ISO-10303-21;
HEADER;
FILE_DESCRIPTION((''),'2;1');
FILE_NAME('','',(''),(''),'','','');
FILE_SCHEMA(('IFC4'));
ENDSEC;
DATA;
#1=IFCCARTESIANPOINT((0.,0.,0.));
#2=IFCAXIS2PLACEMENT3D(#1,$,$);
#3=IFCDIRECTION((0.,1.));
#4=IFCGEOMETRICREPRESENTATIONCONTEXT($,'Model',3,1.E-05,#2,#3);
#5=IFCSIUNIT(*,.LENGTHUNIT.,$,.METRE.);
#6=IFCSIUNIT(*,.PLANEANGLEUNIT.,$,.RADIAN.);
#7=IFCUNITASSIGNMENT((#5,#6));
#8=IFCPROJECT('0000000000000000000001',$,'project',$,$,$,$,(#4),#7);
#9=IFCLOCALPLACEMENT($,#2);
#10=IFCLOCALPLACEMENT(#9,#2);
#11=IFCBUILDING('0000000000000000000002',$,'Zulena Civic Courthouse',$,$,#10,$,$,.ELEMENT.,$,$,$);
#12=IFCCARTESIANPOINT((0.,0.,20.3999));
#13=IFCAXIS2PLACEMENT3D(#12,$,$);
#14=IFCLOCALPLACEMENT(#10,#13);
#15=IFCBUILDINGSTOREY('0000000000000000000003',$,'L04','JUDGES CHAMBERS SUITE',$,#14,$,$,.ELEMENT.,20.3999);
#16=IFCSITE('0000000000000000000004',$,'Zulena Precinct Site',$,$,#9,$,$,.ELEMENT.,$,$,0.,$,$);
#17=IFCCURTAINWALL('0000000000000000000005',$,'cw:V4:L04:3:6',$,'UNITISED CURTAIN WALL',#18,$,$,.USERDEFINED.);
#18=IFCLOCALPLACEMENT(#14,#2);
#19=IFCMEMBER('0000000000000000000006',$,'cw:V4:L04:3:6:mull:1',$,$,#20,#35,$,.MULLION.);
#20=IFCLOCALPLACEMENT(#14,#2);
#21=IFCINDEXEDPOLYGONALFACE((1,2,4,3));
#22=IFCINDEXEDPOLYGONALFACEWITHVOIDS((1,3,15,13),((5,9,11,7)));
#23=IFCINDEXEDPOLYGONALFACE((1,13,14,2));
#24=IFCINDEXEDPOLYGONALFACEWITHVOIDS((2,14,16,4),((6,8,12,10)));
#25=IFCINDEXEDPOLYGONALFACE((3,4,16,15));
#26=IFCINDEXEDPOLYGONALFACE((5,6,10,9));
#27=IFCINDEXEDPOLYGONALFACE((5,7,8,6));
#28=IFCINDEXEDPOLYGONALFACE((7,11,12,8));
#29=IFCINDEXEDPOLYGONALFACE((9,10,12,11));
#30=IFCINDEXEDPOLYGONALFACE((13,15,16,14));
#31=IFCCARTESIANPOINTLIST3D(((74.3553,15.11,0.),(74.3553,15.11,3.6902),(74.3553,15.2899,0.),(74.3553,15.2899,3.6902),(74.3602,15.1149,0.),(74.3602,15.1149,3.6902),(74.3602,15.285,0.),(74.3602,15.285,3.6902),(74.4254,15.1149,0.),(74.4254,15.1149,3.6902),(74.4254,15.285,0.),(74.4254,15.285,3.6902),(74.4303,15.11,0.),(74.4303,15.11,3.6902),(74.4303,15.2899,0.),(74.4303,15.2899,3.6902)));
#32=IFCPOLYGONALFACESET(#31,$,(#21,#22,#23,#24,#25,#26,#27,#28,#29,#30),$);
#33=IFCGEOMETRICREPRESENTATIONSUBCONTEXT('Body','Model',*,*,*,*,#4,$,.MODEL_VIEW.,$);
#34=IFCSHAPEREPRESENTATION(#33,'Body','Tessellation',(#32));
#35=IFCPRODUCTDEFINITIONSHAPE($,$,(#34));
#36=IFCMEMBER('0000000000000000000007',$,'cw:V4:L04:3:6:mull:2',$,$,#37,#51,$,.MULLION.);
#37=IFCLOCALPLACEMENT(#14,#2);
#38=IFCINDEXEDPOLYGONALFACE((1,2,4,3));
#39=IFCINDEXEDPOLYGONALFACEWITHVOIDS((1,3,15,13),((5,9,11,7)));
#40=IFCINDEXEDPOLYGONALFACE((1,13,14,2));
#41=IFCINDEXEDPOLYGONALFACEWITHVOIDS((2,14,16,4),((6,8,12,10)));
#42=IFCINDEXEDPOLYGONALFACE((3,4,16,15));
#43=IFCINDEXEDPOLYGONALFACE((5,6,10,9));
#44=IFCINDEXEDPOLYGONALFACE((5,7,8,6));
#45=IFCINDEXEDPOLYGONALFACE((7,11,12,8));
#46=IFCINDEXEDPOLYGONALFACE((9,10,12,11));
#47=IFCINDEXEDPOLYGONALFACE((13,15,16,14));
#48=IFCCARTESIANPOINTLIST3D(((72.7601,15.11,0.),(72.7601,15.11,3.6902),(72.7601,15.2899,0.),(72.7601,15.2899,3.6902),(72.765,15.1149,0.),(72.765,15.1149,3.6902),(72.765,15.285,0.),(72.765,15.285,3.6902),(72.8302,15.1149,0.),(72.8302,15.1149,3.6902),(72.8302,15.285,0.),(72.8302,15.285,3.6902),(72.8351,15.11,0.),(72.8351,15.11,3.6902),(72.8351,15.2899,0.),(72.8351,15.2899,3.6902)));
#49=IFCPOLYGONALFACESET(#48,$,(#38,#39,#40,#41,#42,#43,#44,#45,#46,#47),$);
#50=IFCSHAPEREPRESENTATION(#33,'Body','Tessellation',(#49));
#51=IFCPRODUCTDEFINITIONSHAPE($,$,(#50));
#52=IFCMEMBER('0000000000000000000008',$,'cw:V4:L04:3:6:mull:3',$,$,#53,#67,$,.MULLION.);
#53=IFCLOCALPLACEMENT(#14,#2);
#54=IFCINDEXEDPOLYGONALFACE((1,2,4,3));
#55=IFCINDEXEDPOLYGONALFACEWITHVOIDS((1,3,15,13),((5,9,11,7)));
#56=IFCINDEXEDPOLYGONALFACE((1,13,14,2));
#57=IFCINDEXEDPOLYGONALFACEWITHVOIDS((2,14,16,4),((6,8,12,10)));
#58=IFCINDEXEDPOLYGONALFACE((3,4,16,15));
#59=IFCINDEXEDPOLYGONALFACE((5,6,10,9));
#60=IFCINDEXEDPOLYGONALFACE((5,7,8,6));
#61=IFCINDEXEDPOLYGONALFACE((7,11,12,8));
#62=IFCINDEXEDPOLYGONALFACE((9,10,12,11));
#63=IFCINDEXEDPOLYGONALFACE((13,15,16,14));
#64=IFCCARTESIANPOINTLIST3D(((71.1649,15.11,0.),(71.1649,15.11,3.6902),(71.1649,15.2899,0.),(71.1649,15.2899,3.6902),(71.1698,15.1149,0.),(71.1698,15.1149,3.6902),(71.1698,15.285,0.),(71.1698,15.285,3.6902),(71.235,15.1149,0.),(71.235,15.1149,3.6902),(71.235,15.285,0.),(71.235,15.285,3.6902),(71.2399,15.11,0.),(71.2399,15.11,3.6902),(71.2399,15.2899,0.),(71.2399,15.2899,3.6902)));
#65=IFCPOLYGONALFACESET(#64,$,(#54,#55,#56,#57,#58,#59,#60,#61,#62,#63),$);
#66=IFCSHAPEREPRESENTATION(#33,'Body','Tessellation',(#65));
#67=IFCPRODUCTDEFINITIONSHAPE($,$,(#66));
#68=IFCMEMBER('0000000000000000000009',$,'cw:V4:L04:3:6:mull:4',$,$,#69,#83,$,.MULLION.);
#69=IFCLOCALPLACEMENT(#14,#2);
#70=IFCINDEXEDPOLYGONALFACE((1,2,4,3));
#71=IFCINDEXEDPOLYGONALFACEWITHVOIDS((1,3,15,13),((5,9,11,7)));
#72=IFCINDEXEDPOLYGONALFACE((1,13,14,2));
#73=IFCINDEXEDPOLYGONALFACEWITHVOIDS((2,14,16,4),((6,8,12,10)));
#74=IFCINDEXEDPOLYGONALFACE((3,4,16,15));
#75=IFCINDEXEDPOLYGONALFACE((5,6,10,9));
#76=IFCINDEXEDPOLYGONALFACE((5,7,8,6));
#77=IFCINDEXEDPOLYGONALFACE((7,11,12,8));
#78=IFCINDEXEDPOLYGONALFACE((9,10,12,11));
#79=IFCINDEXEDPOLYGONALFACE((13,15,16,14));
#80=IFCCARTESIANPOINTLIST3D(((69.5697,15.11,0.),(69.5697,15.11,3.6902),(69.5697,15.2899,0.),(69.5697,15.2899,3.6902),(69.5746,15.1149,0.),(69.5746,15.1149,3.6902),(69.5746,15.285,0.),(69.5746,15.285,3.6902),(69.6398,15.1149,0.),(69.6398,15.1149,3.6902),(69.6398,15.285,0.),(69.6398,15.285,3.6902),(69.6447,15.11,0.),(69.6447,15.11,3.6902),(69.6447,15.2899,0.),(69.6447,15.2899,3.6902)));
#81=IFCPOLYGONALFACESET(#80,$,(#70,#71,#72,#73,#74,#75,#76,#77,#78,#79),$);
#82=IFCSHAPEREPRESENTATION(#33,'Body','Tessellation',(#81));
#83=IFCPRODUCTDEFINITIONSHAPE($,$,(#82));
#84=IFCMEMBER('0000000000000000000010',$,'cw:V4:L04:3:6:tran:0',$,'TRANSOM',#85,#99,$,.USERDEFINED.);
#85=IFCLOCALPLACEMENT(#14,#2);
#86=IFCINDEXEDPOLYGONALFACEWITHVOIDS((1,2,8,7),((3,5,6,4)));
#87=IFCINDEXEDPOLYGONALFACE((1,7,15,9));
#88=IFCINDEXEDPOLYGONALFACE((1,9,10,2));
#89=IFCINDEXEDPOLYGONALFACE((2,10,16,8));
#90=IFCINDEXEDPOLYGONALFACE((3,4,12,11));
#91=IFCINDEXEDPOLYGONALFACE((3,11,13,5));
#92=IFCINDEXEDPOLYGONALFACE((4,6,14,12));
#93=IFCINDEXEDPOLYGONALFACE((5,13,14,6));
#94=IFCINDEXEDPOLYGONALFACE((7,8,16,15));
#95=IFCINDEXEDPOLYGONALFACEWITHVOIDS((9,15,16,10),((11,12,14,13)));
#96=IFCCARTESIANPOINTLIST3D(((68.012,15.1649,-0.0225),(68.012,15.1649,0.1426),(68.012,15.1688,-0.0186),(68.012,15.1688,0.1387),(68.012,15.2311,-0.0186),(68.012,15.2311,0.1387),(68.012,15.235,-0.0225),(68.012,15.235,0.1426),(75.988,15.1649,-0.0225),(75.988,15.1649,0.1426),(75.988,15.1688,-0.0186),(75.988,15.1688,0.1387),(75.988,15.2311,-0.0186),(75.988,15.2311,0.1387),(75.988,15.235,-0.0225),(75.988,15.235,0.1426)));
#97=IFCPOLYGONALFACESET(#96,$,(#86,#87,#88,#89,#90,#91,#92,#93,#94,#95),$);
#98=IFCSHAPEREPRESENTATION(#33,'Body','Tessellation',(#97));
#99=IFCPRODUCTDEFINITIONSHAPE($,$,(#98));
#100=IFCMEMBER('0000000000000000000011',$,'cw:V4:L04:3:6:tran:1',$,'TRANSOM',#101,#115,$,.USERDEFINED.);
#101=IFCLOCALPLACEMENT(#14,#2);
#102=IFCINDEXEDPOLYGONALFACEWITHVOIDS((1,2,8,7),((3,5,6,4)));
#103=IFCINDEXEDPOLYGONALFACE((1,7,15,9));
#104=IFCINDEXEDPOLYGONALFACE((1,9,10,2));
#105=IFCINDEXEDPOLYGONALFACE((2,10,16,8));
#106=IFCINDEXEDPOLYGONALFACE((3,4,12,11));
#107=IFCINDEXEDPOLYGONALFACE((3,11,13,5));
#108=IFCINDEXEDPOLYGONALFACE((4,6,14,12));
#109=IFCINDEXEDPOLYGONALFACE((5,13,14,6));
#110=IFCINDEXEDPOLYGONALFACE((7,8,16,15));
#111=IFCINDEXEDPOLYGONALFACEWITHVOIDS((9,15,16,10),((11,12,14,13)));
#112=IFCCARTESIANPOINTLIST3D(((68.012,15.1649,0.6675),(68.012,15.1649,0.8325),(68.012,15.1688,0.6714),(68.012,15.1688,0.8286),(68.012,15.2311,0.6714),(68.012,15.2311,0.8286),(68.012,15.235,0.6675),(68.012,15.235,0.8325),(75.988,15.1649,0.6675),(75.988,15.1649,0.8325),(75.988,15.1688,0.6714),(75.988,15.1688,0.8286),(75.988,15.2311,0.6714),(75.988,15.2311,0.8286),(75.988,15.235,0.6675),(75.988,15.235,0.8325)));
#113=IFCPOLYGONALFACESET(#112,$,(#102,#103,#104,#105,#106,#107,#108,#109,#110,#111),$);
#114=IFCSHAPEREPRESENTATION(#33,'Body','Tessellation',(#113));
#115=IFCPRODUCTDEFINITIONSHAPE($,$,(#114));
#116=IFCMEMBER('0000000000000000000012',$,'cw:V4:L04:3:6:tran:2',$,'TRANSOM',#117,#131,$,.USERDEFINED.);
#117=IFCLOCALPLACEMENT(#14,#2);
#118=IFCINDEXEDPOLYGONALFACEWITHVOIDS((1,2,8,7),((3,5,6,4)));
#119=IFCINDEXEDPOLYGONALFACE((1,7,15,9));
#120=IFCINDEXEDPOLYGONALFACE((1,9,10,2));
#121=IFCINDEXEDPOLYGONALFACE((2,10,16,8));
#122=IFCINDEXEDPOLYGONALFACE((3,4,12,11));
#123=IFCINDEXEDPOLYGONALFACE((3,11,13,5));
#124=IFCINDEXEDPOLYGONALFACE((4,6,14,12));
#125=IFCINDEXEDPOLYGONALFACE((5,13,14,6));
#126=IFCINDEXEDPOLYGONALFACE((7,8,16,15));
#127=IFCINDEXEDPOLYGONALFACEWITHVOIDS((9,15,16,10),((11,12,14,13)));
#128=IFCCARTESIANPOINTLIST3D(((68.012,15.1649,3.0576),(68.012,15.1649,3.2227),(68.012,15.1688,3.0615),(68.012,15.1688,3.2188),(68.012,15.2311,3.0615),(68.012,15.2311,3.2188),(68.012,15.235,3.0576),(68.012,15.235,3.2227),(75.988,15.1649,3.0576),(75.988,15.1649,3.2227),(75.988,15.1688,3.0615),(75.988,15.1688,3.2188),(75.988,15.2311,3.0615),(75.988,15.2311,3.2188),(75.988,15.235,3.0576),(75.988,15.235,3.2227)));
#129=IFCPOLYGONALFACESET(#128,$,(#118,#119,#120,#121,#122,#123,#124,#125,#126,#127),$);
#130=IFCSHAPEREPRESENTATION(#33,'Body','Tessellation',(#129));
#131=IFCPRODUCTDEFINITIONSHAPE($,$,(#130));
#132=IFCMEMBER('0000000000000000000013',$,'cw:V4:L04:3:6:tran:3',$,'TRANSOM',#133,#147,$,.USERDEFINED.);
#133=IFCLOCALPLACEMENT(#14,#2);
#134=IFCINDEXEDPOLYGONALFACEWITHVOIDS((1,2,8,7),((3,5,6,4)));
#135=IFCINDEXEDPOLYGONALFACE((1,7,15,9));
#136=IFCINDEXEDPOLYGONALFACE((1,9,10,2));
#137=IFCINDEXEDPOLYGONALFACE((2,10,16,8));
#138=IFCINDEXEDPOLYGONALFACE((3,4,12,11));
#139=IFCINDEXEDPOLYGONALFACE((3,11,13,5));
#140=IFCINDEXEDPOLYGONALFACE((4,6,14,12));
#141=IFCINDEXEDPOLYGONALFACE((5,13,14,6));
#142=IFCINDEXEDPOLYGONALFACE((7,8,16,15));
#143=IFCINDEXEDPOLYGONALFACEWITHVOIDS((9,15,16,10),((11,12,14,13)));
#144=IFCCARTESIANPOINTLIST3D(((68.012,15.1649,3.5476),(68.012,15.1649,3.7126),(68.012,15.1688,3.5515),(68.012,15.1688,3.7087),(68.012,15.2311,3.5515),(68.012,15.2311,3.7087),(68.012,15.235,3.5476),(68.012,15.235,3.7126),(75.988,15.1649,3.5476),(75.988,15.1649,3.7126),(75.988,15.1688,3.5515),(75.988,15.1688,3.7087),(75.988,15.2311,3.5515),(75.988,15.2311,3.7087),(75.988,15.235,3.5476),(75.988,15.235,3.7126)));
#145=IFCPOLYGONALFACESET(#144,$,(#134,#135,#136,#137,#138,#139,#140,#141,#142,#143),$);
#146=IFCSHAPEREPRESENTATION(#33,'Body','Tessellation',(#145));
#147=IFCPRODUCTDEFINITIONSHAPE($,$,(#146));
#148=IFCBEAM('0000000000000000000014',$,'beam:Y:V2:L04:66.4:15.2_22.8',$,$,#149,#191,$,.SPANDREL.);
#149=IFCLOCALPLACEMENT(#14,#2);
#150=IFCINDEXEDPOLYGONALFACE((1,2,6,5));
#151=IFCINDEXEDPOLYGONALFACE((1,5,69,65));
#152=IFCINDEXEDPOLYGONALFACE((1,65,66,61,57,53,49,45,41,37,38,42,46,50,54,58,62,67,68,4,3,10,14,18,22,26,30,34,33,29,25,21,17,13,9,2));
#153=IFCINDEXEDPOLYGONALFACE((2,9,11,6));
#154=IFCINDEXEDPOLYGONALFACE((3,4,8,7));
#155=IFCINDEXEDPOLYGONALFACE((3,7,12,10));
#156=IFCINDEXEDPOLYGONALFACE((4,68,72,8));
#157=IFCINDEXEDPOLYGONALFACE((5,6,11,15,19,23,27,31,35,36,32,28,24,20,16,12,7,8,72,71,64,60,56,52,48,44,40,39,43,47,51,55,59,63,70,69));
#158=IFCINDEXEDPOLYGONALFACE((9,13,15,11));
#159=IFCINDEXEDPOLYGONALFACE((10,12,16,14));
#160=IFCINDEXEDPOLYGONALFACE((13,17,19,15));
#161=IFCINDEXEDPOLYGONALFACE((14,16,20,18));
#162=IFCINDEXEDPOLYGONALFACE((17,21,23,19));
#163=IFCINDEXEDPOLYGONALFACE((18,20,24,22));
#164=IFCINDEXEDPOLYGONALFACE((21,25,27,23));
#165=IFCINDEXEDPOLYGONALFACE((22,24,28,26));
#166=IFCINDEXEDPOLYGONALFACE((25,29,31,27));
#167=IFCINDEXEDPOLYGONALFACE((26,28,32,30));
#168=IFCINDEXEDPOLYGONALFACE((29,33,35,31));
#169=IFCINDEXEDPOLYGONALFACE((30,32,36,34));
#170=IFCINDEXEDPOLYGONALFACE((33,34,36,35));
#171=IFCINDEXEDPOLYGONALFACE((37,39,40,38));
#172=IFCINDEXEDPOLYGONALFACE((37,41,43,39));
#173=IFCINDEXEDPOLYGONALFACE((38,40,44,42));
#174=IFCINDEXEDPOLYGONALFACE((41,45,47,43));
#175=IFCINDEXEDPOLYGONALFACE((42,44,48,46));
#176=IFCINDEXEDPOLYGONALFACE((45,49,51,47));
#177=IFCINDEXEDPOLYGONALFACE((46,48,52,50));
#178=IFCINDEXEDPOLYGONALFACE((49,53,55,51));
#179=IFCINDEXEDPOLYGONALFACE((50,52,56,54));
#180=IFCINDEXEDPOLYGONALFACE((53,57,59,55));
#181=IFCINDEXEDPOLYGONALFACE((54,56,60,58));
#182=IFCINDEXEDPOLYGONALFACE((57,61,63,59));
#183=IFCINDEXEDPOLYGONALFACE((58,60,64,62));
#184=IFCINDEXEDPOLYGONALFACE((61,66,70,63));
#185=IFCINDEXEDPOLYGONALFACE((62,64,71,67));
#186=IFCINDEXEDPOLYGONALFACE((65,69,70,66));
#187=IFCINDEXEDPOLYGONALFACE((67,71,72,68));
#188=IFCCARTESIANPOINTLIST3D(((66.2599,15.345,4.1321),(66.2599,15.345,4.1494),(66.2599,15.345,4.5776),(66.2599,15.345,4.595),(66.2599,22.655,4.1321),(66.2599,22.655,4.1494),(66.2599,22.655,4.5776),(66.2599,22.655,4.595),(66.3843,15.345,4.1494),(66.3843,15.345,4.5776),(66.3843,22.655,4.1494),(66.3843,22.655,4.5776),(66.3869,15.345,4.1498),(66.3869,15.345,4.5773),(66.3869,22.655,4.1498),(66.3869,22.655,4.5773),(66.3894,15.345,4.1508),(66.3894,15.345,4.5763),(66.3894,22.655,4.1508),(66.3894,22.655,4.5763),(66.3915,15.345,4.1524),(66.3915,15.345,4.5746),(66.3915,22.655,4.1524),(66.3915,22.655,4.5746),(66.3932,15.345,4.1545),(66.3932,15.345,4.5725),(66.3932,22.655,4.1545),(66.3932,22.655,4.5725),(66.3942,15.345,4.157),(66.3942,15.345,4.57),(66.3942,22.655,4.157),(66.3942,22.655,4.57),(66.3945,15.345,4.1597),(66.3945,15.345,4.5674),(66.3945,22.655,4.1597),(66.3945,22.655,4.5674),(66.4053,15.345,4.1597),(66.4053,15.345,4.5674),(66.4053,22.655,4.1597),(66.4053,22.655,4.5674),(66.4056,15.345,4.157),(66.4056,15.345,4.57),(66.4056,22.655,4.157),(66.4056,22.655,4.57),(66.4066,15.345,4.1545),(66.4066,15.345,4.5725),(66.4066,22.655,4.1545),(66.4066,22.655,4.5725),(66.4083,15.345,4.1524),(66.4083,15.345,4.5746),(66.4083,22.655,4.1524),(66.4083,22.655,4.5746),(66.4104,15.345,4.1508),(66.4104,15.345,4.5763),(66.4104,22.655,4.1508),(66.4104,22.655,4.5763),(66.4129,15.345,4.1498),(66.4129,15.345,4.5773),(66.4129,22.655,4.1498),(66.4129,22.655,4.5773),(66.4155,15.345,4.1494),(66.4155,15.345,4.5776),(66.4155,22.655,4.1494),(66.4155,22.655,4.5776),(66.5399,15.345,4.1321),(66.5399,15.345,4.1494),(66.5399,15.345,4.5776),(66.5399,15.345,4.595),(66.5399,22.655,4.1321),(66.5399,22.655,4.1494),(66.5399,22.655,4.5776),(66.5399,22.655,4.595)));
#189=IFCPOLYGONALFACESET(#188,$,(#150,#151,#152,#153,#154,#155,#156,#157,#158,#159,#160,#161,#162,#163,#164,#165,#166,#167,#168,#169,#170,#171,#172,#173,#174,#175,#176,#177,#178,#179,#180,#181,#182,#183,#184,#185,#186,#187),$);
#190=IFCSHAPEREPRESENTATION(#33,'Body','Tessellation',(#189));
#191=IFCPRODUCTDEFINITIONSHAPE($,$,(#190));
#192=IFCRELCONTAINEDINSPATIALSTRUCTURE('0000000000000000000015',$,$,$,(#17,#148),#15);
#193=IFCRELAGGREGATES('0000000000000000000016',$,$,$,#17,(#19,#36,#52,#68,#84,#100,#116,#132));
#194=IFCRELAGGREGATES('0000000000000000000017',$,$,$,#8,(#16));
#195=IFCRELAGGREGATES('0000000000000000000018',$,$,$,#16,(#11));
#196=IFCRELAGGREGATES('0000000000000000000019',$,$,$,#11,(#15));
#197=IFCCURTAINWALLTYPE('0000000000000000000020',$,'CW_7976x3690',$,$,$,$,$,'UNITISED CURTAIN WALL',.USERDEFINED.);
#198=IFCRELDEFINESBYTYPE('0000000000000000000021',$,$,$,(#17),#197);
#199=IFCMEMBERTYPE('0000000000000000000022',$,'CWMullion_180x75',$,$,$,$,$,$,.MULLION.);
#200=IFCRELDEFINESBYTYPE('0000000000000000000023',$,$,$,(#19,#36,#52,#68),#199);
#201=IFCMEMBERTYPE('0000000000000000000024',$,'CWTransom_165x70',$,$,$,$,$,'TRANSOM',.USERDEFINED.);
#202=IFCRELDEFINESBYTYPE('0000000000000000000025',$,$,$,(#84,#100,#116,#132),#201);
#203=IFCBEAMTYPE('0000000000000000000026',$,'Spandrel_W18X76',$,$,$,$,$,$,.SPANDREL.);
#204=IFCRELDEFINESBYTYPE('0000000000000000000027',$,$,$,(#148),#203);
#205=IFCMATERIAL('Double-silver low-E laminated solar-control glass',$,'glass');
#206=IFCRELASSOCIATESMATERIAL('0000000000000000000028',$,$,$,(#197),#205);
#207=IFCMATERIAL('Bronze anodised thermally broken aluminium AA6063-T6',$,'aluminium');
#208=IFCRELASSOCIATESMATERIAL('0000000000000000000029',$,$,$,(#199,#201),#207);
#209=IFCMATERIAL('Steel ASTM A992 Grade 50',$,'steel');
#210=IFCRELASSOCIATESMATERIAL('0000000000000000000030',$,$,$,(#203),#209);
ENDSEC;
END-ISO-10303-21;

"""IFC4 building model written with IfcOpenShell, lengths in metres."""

from ifc_helpers import new_model, si_unit, direction, frame, origin, origin_2d, place, context, subcontext, project, spatial, hollow_rectangle, i_section, extrude, material, material_profile, profile_set, type_object, element, aggregate, save


model = new_model("IFC4")

# Units and contexts
model_context = context("Model", 3, precision=1e-05, world=origin(), true_north=direction((0.0, 1.0)))
body_context = subcontext(model_context, "Body", "Model", "MODEL_VIEW")
ifc_project = project(units=[si_unit("LENGTHUNIT", "METRE"), si_unit("PLANEANGLEUNIT", "RADIAN")], contexts=[model_context])

# Site, building, storey
site_placement = place(None, origin())
site = spatial("IfcSite", under=ifc_project, at=site_placement, Name="Zulena Precinct Site", CompositionType="ELEMENT", RefElevation=0.0)
building_placement = place(site_placement, origin())
building = spatial("IfcBuilding", under=site, at=building_placement, Name="Zulena Civic Courthouse", CompositionType="ELEMENT")
storey_placement = place(building_placement, frame((0.0, 0.0, 20.3999)))
storey = spatial("IfcBuildingStorey", under=building, at=storey_placement, Name="L04", Description="JUDGES CHAMBERS SUITE", CompositionType="ELEMENT", Elevation=20.3999)

# Shared definitions
ifc_material_1 = material(Name="Steel ASTM A992 Grade 50", Category="steel")

# Curtain wall, members
ifc_material_2 = material(Name="Double-silver low-E laminated solar-control glass", Category="glass")
curtain_wall_type = type_object("IfcCurtainWallType", Name="CW_7976x3690", ElementType="UNITISED CURTAIN WALL", PredefinedType="USERDEFINED", material=ifc_material_2)
curtain_wall_placement = place(storey_placement, origin())
curtain_wall = element("IfcCurtainWall", 1, at=curtain_wall_placement, inside=storey, type_object=curtain_wall_type, Name="cw:V4:L04:3:6", ObjectType="UNITISED CURTAIN WALL", PredefinedType="USERDEFINED")
ifc_material_3 = material(Name="Bronze anodised thermally broken aluminium AA6063-T6", Category="aluminium")
ifc_material_profile_1 = material_profile(ifc_material_3, hollow_rectangle(XDim=0.075, YDim=0.1799, WallThickness=0.0049, at=origin_2d()), Name="CWM180X75X5")
ifc_profile_set_1 = profile_set([ifc_material_profile_1], Name="Bronze anodised thermally broken aluminium AA6063-T6")
member_type_1 = type_object("IfcMemberType", Name="CWMullion_180x75", PredefinedType="MULLION", material=ifc_profile_set_1)
member_1_placement = place(storey_placement, frame((74.3928, 15.2, 0.0), z_axis=(0.0, 0.0, 1.0), x_axis=(1.0, 0.0, 0.0)))
member_1 = element("IfcMember", 2, at=member_1_placement, type_object=member_type_1, Name="cw:V4:L04:3:6:mull:1", PredefinedType="MULLION", context=body_context, shape_type="SweptSolid", body=[
    extrude(hollow_rectangle(XDim=0.075, YDim=0.1799, WallThickness=0.0049, at=origin_2d()), origin(), (0.0, 0.0, 1.0), 3.6902),
])
member_2_placement = place(storey_placement, frame((72.7976, 15.2, 0.0), z_axis=(0.0, 0.0, 1.0), x_axis=(1.0, 0.0, 0.0)))
member_2 = element("IfcMember", 3, at=member_2_placement, type_object=member_type_1, Name="cw:V4:L04:3:6:mull:2", PredefinedType="MULLION", context=body_context, shape_type="SweptSolid", body=[
    extrude(hollow_rectangle(XDim=0.075, YDim=0.1799, WallThickness=0.0049, at=origin_2d()), origin(), (0.0, 0.0, 1.0), 3.6902),
])
member_3_placement = place(storey_placement, frame((71.2024, 15.2, 0.0), z_axis=(0.0, 0.0, 1.0), x_axis=(1.0, 0.0, 0.0)))
member_3 = element("IfcMember", 4, at=member_3_placement, type_object=member_type_1, Name="cw:V4:L04:3:6:mull:3", PredefinedType="MULLION", context=body_context, shape_type="SweptSolid", body=[
    extrude(hollow_rectangle(XDim=0.075, YDim=0.1799, WallThickness=0.0049, at=origin_2d()), origin(), (0.0, 0.0, 1.0), 3.6902),
])
member_4_placement = place(storey_placement, frame((69.6072, 15.2, 0.0), z_axis=(0.0, 0.0, 1.0), x_axis=(1.0, 0.0, 0.0)))
member_4 = element("IfcMember", 5, at=member_4_placement, type_object=member_type_1, Name="cw:V4:L04:3:6:mull:4", PredefinedType="MULLION", context=body_context, shape_type="SweptSolid", body=[
    extrude(hollow_rectangle(XDim=0.075, YDim=0.1799, WallThickness=0.0049, at=origin_2d()), origin(), (0.0, 0.0, 1.0), 3.6902),
])
ifc_material_profile_2 = material_profile(ifc_material_3, hollow_rectangle(XDim=0.0701, YDim=0.165, WallThickness=0.0039, at=origin_2d()), Name="CWT165X70X4")
ifc_profile_set_2 = profile_set([ifc_material_profile_2], Name="Bronze anodised thermally broken aluminium AA6063-T6")
member_type_2 = type_object("IfcMemberType", Name="CWTransom_165x70", ElementType="TRANSOM", PredefinedType="USERDEFINED", material=ifc_profile_set_2)
member_5_placement = place(storey_placement, frame((75.988, 15.2, 0.0601), z_axis=(-1.0, 0.0, 0.0), x_axis=(0.0, -1.0, 0.0)))
member_5 = element("IfcMember", 6, at=member_5_placement, type_object=member_type_2, Name="cw:V4:L04:3:6:tran:0", ObjectType="TRANSOM", PredefinedType="USERDEFINED", context=body_context, shape_type="SweptSolid", body=[
    extrude(hollow_rectangle(XDim=0.0701, YDim=0.165, WallThickness=0.0039, at=origin_2d()), origin(), (0.0, 0.0, 1.0), 7.9761),
])
member_6_placement = place(storey_placement, frame((75.988, 15.2, 0.75), z_axis=(-1.0, 0.0, 0.0), x_axis=(0.0, -1.0, 0.0)))
member_6 = element("IfcMember", 7, at=member_6_placement, type_object=member_type_2, Name="cw:V4:L04:3:6:tran:1", ObjectType="TRANSOM", PredefinedType="USERDEFINED", context=body_context, shape_type="SweptSolid", body=[
    extrude(hollow_rectangle(XDim=0.0701, YDim=0.165, WallThickness=0.0039, at=origin_2d()), origin(), (0.0, 0.0, 1.0), 7.9761),
])
member_7_placement = place(storey_placement, frame((75.988, 15.2, 3.1401), z_axis=(-1.0, 0.0, 0.0), x_axis=(0.0, -1.0, 0.0)))
member_7 = element("IfcMember", 8, at=member_7_placement, type_object=member_type_2, Name="cw:V4:L04:3:6:tran:2", ObjectType="TRANSOM", PredefinedType="USERDEFINED", context=body_context, shape_type="SweptSolid", body=[
    extrude(hollow_rectangle(XDim=0.0701, YDim=0.165, WallThickness=0.0039, at=origin_2d()), origin(), (0.0, 0.0, 1.0), 7.9761),
])
member_8_placement = place(storey_placement, frame((75.988, 15.2, 3.6301), z_axis=(-1.0, 0.0, 0.0), x_axis=(0.0, -1.0, 0.0)))
member_8 = element("IfcMember", 9, at=member_8_placement, type_object=member_type_2, Name="cw:V4:L04:3:6:tran:3", ObjectType="TRANSOM", PredefinedType="USERDEFINED", context=body_context, shape_type="SweptSolid", body=[
    extrude(hollow_rectangle(XDim=0.0701, YDim=0.165, WallThickness=0.0039, at=origin_2d()), origin(), (0.0, 0.0, 1.0), 7.9761),
])

# Beam
ifc_material_profile_3 = material_profile(ifc_material_1, i_section(OverallWidth=0.28, OverallDepth=0.4629, WebThickness=0.0107, FlangeThickness=0.0173, FilletRadius=0.0103, at=origin_2d()), Name="W18X76")
ifc_profile_set_3 = profile_set([ifc_material_profile_3], Name="Steel ASTM A992 Grade 50")
beam_type_1 = type_object("IfcBeamType", Name="Spandrel_W18X76", PredefinedType="SPANDREL", material=ifc_profile_set_3)
for number, where, z_axis, x_axis, name in (
    (10, (66.3999, 15.345, 4.3635), (0.0, 1.0, 0.0), (-1.0, 0.0, 0.0), "beam:Y:V2:L04:66.4:15.2_22.8"),
):
    element("IfcBeam", number, at=place(storey_placement, frame(where, z_axis=z_axis, x_axis=x_axis)), inside=storey, type_object=beam_type_1, Name=name, PredefinedType="SPANDREL", context=body_context, shape_type="SweptSolid", body=[
        extrude(i_section(OverallWidth=0.28, OverallDepth=0.4629, WebThickness=0.0107, FlangeThickness=0.0173, FilletRadius=0.0103, at=origin_2d()), origin(), (0.0, 0.0, 1.0), 7.3101),
    ])

aggregate(curtain_wall, [member_1, member_2, member_3, member_4, member_5, member_6, member_7, member_8])

save(model, "model.ifc")
